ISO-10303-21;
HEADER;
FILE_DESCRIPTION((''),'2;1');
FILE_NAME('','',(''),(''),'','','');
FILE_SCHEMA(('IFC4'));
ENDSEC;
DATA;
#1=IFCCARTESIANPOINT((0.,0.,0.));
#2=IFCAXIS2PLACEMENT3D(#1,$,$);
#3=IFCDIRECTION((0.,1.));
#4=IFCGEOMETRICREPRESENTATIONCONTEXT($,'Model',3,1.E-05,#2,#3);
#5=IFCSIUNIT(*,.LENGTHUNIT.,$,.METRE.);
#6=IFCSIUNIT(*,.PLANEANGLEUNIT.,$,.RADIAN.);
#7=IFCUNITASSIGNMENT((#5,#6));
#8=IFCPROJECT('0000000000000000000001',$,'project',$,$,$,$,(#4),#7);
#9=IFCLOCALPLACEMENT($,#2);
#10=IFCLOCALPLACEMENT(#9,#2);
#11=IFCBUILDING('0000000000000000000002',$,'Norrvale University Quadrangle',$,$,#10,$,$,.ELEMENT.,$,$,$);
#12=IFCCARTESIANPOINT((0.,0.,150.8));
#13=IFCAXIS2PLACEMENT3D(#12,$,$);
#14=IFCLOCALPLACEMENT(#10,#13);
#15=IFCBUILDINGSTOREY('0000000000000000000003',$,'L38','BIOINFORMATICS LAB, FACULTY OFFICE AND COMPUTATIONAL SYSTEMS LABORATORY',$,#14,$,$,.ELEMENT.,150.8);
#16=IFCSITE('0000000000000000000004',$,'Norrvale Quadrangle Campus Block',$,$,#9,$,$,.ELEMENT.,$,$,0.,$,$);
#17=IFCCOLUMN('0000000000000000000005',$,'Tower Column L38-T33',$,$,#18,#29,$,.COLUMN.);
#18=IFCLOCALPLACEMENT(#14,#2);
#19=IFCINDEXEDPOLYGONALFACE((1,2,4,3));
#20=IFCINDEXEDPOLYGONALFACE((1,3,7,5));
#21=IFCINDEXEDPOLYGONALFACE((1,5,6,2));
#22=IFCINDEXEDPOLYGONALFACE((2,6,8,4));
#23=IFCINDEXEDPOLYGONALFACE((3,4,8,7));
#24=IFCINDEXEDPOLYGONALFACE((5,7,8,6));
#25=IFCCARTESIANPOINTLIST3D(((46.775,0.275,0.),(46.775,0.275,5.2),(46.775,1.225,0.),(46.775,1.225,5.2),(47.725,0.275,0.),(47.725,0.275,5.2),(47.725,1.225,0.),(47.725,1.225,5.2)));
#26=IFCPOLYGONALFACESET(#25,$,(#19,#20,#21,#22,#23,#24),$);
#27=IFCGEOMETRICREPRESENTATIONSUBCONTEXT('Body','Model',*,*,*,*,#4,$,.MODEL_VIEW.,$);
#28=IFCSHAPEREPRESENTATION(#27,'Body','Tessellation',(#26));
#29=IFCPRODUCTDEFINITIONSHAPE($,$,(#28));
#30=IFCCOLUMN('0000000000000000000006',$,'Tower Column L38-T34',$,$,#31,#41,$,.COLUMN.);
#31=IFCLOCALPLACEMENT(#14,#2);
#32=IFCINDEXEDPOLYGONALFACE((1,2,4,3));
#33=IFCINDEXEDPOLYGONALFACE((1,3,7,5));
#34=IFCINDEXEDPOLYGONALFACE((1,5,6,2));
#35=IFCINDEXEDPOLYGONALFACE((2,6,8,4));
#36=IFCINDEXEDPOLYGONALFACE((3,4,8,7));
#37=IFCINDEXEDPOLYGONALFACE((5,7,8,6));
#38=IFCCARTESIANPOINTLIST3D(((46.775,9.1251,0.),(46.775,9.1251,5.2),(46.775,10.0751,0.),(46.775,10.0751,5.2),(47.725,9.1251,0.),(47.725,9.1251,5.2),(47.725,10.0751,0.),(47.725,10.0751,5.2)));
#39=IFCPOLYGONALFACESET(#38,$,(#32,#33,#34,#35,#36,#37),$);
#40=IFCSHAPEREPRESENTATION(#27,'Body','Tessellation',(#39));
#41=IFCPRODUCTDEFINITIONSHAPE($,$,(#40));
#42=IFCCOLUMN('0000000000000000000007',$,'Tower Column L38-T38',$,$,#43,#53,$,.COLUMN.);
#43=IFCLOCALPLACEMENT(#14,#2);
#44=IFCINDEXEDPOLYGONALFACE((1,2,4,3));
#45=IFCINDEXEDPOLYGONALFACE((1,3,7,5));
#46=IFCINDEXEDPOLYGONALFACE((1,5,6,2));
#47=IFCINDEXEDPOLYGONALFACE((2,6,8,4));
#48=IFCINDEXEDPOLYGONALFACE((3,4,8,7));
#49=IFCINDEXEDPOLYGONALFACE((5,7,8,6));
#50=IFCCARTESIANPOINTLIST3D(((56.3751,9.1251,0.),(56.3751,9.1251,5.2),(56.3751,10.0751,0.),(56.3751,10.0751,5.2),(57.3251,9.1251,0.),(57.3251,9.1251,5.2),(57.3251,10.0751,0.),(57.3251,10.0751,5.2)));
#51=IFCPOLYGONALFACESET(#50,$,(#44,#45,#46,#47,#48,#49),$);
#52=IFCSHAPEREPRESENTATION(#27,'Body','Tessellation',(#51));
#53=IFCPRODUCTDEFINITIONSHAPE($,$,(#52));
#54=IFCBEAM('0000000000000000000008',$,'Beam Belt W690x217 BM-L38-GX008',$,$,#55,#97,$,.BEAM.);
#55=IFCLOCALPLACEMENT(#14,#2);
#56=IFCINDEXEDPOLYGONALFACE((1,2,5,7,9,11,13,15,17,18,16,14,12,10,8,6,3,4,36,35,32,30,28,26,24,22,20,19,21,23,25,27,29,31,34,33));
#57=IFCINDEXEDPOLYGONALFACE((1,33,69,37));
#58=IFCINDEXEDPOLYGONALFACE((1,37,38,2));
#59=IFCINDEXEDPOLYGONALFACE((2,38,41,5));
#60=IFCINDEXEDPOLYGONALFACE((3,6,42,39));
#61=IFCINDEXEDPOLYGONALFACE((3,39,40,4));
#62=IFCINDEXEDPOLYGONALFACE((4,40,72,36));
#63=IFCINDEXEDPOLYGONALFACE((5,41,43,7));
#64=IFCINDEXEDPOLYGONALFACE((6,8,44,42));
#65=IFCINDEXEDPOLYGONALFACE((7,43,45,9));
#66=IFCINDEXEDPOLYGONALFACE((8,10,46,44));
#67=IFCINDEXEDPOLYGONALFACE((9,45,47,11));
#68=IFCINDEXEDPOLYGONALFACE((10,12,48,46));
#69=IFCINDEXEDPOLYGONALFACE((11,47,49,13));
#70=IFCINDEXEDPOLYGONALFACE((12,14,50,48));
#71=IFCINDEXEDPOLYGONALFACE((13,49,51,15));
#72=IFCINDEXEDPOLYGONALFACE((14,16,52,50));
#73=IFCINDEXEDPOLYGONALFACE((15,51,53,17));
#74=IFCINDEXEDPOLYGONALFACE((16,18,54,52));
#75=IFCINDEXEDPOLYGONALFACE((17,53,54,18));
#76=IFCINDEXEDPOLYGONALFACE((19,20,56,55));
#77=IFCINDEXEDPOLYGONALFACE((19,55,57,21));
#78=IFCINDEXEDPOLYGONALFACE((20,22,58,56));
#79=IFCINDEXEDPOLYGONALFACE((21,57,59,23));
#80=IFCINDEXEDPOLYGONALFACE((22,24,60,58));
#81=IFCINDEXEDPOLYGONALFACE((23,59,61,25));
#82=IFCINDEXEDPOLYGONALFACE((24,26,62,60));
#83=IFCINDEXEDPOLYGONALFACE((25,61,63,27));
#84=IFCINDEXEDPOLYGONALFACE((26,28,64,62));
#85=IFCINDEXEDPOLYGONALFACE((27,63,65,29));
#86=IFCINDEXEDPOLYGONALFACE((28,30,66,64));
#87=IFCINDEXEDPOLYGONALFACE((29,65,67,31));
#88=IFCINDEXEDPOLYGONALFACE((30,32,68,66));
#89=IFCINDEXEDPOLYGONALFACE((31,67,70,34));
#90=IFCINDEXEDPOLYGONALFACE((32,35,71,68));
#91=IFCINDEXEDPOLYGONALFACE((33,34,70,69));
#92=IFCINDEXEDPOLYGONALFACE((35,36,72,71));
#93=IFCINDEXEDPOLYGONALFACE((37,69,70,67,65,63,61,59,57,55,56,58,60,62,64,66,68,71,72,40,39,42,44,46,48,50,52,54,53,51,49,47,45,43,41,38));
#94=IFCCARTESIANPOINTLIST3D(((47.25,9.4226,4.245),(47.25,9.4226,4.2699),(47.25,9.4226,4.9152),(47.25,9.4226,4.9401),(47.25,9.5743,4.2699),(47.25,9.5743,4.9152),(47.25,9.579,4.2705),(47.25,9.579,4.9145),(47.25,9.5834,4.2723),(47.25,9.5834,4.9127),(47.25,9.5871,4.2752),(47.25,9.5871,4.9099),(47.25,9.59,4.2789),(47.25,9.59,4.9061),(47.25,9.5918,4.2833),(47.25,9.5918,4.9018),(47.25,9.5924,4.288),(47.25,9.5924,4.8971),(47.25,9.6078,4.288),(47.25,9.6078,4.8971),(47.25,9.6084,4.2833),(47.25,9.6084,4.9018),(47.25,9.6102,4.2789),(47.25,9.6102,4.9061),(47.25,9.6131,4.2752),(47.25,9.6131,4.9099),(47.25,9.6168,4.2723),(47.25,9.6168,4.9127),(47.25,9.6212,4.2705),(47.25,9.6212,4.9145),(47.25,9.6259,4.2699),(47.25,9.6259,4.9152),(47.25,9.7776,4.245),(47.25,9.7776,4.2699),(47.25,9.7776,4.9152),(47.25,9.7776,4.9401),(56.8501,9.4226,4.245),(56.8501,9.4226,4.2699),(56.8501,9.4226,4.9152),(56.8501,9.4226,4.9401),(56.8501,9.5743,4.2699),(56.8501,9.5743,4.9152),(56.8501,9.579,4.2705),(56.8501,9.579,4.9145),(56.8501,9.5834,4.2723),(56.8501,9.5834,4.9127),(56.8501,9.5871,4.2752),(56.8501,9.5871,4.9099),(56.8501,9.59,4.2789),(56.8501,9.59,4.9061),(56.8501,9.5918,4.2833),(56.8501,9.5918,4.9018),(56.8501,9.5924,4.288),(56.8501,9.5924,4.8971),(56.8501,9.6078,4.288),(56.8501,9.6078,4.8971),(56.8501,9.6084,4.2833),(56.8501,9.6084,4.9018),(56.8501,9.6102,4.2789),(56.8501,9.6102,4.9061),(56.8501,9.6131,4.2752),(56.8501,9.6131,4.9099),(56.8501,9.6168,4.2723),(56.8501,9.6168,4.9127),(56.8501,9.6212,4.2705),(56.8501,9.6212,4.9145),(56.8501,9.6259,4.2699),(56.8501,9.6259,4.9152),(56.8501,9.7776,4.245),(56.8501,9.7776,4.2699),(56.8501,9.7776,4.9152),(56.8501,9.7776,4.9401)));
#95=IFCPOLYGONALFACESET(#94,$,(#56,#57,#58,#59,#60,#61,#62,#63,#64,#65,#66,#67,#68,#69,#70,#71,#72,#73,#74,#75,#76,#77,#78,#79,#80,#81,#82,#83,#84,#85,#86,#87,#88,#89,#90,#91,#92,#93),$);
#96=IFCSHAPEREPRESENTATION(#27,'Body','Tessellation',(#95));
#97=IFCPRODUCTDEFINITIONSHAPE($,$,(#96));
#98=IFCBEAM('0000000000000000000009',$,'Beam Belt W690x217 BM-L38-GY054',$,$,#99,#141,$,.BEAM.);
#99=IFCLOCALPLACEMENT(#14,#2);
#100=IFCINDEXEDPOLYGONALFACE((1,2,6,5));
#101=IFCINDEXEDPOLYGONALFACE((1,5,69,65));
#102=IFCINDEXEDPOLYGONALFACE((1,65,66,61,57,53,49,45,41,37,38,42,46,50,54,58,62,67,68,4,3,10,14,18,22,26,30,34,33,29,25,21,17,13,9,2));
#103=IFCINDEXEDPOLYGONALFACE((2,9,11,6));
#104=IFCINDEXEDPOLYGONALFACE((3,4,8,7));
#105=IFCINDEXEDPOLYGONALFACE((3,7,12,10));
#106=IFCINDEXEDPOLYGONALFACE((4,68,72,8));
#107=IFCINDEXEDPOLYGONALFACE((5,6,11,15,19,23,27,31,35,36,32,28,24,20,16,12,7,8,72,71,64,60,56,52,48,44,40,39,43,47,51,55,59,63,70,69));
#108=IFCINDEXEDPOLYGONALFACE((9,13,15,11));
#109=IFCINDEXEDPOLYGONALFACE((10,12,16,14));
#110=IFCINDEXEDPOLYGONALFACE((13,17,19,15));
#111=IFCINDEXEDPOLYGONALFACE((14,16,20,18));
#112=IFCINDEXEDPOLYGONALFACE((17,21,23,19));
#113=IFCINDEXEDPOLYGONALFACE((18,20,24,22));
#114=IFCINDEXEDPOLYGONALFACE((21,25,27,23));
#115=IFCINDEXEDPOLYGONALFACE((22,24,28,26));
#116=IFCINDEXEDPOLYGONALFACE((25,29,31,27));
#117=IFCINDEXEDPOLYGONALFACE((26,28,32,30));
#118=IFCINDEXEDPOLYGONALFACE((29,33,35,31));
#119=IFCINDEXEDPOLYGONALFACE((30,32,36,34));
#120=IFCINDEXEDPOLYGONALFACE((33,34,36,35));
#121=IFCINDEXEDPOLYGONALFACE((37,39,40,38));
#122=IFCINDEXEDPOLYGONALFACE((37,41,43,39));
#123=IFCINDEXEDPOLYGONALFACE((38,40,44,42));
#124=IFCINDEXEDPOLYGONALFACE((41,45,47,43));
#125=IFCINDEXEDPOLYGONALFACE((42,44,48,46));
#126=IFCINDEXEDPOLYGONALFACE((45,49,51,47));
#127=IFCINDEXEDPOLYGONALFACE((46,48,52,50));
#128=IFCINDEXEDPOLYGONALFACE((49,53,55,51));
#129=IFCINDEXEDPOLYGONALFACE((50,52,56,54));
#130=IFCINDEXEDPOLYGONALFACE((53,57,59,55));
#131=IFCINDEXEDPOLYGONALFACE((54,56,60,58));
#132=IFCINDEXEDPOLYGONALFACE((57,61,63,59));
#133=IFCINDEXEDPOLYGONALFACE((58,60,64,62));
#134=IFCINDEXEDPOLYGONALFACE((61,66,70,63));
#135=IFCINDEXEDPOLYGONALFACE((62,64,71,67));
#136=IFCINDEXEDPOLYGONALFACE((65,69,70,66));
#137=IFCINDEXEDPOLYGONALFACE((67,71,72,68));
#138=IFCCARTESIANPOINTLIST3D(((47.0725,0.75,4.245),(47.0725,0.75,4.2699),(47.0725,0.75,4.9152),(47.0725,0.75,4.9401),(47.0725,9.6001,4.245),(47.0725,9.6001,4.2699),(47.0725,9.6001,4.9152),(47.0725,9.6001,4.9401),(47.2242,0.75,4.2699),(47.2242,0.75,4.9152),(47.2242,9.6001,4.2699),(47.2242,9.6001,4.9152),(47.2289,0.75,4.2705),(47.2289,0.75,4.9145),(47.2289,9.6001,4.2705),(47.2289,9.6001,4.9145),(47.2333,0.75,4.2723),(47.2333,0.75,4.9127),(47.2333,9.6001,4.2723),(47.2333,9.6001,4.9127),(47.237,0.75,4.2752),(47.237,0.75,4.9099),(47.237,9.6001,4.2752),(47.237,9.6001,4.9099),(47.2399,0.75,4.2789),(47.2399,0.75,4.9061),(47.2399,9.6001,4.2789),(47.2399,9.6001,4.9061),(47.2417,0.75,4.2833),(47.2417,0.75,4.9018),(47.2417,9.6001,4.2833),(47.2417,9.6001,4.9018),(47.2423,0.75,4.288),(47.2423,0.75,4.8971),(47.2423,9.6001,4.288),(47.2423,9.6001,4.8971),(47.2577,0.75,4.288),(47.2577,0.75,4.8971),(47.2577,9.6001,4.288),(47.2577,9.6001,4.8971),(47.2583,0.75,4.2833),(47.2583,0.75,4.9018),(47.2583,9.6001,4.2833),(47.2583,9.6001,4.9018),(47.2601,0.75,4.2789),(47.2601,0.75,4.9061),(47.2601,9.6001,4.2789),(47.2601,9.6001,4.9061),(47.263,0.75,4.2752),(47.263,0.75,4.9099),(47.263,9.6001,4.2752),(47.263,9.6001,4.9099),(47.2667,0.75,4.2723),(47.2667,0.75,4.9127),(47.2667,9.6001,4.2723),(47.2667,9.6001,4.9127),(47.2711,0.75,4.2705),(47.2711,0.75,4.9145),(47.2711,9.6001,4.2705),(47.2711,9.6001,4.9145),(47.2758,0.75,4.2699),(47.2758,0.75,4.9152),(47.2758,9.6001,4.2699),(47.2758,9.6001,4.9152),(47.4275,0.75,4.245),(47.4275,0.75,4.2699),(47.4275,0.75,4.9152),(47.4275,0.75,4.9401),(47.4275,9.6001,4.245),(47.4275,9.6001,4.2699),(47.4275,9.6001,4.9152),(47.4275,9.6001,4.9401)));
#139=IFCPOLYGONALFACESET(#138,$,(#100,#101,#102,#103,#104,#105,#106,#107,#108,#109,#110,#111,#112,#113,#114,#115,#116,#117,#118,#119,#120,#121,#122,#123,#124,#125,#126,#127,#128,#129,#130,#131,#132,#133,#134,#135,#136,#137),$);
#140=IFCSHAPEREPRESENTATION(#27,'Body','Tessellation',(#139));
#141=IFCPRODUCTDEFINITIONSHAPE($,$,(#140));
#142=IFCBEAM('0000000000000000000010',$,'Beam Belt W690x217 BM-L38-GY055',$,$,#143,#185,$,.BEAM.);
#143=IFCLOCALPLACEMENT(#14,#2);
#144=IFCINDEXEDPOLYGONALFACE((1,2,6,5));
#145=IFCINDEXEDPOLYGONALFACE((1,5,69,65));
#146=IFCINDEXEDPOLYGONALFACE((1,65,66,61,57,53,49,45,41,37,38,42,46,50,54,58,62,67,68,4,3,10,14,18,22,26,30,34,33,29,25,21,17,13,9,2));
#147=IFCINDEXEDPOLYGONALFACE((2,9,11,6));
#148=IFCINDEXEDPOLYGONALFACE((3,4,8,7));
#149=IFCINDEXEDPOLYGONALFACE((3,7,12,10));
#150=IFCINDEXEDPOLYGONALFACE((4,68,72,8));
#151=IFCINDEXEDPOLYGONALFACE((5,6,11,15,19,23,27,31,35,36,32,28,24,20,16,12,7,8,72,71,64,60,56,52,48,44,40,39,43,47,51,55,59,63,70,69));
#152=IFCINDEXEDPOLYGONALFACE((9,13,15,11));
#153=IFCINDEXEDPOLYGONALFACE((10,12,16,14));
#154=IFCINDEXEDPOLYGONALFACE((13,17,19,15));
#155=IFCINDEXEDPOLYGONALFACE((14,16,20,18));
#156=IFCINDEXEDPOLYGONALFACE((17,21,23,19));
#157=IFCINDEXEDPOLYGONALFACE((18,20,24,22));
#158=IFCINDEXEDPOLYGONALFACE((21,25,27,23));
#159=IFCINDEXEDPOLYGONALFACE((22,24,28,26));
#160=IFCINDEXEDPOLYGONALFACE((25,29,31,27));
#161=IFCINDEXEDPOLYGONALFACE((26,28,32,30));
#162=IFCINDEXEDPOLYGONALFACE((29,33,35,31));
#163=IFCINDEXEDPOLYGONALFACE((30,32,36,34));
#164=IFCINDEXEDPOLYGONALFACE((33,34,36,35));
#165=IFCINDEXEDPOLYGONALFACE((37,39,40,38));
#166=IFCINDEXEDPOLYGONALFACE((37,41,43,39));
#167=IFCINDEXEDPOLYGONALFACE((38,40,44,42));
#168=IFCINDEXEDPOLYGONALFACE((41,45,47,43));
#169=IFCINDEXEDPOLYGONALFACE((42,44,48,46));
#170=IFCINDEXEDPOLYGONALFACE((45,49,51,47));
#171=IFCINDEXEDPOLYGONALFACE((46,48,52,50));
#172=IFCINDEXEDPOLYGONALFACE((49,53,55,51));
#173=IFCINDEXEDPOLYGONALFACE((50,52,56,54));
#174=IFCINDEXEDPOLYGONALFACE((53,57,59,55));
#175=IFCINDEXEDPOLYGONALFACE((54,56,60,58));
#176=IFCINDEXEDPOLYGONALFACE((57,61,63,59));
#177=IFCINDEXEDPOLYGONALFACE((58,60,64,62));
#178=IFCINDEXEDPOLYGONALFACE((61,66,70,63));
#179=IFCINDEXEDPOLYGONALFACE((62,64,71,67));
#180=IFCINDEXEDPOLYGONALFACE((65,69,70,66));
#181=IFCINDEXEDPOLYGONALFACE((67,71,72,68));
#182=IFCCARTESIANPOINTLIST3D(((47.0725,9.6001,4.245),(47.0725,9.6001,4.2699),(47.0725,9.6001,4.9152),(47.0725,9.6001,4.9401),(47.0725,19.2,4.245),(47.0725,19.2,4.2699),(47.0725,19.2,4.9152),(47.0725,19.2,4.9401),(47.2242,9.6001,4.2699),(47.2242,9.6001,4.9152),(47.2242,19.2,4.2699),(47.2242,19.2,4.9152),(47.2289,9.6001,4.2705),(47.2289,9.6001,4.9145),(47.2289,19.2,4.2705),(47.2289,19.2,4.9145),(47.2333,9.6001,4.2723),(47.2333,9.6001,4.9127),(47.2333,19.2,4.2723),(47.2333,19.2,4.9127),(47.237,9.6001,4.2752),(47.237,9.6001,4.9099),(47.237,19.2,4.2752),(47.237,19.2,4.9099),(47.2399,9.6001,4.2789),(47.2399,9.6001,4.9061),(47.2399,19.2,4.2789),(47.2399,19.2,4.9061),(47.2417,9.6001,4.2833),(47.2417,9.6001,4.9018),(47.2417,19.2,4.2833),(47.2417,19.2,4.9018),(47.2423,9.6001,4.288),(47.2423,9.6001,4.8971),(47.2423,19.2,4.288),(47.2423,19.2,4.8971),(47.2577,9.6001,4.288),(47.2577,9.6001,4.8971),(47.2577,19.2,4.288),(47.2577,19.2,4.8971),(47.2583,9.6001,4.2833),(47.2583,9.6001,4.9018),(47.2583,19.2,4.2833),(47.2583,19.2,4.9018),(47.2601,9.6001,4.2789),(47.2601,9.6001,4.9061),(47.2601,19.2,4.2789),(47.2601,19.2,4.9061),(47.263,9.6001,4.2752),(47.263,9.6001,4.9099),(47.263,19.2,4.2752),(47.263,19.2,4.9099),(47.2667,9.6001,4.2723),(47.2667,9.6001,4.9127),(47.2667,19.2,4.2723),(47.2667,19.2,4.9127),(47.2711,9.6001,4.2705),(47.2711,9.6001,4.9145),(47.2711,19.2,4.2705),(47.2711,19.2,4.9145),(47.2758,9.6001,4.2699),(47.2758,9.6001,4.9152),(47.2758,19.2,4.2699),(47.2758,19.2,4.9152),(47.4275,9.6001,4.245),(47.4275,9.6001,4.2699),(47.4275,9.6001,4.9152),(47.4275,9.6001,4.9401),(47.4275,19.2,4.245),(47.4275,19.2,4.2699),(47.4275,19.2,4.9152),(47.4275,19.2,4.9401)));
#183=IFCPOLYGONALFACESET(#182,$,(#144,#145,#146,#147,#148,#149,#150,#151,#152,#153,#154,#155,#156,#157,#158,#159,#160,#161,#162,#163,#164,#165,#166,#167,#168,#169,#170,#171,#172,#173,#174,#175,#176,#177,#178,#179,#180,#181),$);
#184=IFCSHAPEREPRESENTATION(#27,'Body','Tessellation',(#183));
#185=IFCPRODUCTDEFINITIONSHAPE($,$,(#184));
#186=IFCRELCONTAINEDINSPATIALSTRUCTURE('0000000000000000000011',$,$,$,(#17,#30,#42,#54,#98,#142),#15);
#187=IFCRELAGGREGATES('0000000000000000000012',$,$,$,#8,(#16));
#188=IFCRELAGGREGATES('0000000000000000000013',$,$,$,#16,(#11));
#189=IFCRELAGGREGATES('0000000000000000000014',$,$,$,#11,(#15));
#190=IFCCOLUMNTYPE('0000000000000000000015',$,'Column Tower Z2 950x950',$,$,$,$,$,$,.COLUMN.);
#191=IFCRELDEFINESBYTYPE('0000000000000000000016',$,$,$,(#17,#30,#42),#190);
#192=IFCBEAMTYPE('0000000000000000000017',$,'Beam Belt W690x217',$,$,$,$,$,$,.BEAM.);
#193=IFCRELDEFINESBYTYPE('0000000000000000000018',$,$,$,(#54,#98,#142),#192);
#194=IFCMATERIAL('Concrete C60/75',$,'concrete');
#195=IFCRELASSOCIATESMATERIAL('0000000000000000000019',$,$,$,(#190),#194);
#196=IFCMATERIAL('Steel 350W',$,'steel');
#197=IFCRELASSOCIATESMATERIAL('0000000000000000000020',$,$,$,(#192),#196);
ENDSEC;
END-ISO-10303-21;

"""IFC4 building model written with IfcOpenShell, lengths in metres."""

from ifc_helpers import new_model, si_unit, direction, frame, origin, origin_2d, place, context, subcontext, project, spatial, rectangle, i_section, extrude, material, material_profile, profile_set, type_object, element, save


model = new_model("IFC4")

# Units and contexts
model_context = context("Model", 3, precision=1e-05, world=origin(), true_north=direction((0.0, 1.0)))
body_context = subcontext(model_context, "Body", "Model", "MODEL_VIEW")
ifc_project = project(units=[si_unit("LENGTHUNIT", "METRE"), si_unit("PLANEANGLEUNIT", "RADIAN")], contexts=[model_context])

# Site, building, storey
site_placement = place(None, origin())
site = spatial("IfcSite", under=ifc_project, at=site_placement, Name="Norrvale Quadrangle Campus Block", CompositionType="ELEMENT", RefElevation=0.0)
building_placement = place(site_placement, origin())
building = spatial("IfcBuilding", under=site, at=building_placement, Name="Norrvale University Quadrangle", CompositionType="ELEMENT")
storey_placement = place(building_placement, frame((0.0, 0.0, 150.8)))
storey = spatial("IfcBuildingStorey", under=building, at=storey_placement, Name="L38", Description="BIOINFORMATICS LAB, FACULTY OFFICE AND COMPUTATIONAL SYSTEMS LABORATORY", CompositionType="ELEMENT", Elevation=150.8)

# Columns
ifc_material_1 = material(Name="Concrete C60/75", Category="concrete")
ifc_material_profile_1 = material_profile(ifc_material_1, rectangle(XDim=0.95, YDim=0.95, at=origin_2d()), Name="Concrete C60/75")
ifc_profile_set_1 = profile_set([ifc_material_profile_1], Name="Concrete C60/75")
column_type = type_object("IfcColumnType", Name="Column Tower Z2 950x950", PredefinedType="COLUMN", material=ifc_profile_set_1)
for number, where, z_axis, x_axis, name in (
    (1, (47.25, 0.75, 0.0), (0.0, 0.0, 1.0), (1.0, 0.0, 0.0), "Tower Column L38-T33"),
    (2, (47.25, 9.6001, 0.0), (0.0, 0.0, 1.0), (1.0, 0.0, 0.0), "Tower Column L38-T34"),
    (3, (56.8501, 9.6001, 0.0), (0.0, 0.0, 1.0), (1.0, 0.0, 0.0), "Tower Column L38-T38"),
):
    element("IfcColumn", number, at=place(storey_placement, frame(where, z_axis=z_axis, x_axis=x_axis)), inside=storey, type_object=column_type, Name=name, PredefinedType="COLUMN", context=body_context, shape_type="SweptSolid", body=[
        extrude(rectangle(XDim=0.95, YDim=0.95, at=origin_2d()), origin(), (0.0, 0.0, 1.0), 5.2),
    ])

# Beams
ifc_material_2 = material(Name="Steel 350W", Category="steel")
ifc_material_profile_2 = material_profile(ifc_material_2, i_section(OverallWidth=0.355, OverallDepth=0.6951, WebThickness=0.0154, FlangeThickness=0.0249, FilletRadius=0.0181, at=origin_2d()), Name="Steel 350W")
ifc_profile_set_2 = profile_set([ifc_material_profile_2], Name="Steel 350W")
beam_type = type_object("IfcBeamType", Name="Beam Belt W690x217", PredefinedType="BEAM", material=ifc_profile_set_2)
beam_1_placement = place(storey_placement, frame((47.25, 9.6001, 4.5925), z_axis=(1.0, 0.0, 0.0), x_axis=(0.0, 1.0, 0.0)))
element("IfcBeam", 4, at=beam_1_placement, inside=storey, type_object=beam_type, Name="Beam Belt W690x217 BM-L38-GX008", PredefinedType="BEAM", context=body_context, shape_type="SweptSolid", body=[
    extrude(i_section(OverallWidth=0.355, OverallDepth=0.6951, WebThickness=0.0154, FlangeThickness=0.0249, FilletRadius=0.0181, at=origin_2d()), origin(), (0.0, 0.0, 1.0), 9.6001),
])
beam_2_placement = place(storey_placement, frame((47.25, 0.75, 4.5925), z_axis=(0.0, 1.0, 0.0), x_axis=(-1.0, 0.0, 0.0)))
element("IfcBeam", 5, at=beam_2_placement, inside=storey, type_object=beam_type, Name="Beam Belt W690x217 BM-L38-GY054", PredefinedType="BEAM", context=body_context, shape_type="SweptSolid", body=[
    extrude(i_section(OverallWidth=0.355, OverallDepth=0.6951, WebThickness=0.0154, FlangeThickness=0.0249, FilletRadius=0.0181, at=origin_2d()), origin(), (0.0, 0.0, 1.0), 8.8501),
])
for number, where, z_axis, x_axis, name in (
    (6, (47.25, 9.6001, 4.5925), (0.0, 1.0, 0.0), (-1.0, 0.0, 0.0), "Beam Belt W690x217 BM-L38-GY055"),
):
    element("IfcBeam", number, at=place(storey_placement, frame(where, z_axis=z_axis, x_axis=x_axis)), inside=storey, type_object=beam_type, Name=name, PredefinedType="BEAM", context=body_context, shape_type="SweptSolid", body=[
        extrude(i_section(OverallWidth=0.355, OverallDepth=0.6951, WebThickness=0.0154, FlangeThickness=0.0249, FilletRadius=0.0181, at=origin_2d()), origin(), (0.0, 0.0, 1.0), 9.5999),
    ])

save(model, "model.ifc")
